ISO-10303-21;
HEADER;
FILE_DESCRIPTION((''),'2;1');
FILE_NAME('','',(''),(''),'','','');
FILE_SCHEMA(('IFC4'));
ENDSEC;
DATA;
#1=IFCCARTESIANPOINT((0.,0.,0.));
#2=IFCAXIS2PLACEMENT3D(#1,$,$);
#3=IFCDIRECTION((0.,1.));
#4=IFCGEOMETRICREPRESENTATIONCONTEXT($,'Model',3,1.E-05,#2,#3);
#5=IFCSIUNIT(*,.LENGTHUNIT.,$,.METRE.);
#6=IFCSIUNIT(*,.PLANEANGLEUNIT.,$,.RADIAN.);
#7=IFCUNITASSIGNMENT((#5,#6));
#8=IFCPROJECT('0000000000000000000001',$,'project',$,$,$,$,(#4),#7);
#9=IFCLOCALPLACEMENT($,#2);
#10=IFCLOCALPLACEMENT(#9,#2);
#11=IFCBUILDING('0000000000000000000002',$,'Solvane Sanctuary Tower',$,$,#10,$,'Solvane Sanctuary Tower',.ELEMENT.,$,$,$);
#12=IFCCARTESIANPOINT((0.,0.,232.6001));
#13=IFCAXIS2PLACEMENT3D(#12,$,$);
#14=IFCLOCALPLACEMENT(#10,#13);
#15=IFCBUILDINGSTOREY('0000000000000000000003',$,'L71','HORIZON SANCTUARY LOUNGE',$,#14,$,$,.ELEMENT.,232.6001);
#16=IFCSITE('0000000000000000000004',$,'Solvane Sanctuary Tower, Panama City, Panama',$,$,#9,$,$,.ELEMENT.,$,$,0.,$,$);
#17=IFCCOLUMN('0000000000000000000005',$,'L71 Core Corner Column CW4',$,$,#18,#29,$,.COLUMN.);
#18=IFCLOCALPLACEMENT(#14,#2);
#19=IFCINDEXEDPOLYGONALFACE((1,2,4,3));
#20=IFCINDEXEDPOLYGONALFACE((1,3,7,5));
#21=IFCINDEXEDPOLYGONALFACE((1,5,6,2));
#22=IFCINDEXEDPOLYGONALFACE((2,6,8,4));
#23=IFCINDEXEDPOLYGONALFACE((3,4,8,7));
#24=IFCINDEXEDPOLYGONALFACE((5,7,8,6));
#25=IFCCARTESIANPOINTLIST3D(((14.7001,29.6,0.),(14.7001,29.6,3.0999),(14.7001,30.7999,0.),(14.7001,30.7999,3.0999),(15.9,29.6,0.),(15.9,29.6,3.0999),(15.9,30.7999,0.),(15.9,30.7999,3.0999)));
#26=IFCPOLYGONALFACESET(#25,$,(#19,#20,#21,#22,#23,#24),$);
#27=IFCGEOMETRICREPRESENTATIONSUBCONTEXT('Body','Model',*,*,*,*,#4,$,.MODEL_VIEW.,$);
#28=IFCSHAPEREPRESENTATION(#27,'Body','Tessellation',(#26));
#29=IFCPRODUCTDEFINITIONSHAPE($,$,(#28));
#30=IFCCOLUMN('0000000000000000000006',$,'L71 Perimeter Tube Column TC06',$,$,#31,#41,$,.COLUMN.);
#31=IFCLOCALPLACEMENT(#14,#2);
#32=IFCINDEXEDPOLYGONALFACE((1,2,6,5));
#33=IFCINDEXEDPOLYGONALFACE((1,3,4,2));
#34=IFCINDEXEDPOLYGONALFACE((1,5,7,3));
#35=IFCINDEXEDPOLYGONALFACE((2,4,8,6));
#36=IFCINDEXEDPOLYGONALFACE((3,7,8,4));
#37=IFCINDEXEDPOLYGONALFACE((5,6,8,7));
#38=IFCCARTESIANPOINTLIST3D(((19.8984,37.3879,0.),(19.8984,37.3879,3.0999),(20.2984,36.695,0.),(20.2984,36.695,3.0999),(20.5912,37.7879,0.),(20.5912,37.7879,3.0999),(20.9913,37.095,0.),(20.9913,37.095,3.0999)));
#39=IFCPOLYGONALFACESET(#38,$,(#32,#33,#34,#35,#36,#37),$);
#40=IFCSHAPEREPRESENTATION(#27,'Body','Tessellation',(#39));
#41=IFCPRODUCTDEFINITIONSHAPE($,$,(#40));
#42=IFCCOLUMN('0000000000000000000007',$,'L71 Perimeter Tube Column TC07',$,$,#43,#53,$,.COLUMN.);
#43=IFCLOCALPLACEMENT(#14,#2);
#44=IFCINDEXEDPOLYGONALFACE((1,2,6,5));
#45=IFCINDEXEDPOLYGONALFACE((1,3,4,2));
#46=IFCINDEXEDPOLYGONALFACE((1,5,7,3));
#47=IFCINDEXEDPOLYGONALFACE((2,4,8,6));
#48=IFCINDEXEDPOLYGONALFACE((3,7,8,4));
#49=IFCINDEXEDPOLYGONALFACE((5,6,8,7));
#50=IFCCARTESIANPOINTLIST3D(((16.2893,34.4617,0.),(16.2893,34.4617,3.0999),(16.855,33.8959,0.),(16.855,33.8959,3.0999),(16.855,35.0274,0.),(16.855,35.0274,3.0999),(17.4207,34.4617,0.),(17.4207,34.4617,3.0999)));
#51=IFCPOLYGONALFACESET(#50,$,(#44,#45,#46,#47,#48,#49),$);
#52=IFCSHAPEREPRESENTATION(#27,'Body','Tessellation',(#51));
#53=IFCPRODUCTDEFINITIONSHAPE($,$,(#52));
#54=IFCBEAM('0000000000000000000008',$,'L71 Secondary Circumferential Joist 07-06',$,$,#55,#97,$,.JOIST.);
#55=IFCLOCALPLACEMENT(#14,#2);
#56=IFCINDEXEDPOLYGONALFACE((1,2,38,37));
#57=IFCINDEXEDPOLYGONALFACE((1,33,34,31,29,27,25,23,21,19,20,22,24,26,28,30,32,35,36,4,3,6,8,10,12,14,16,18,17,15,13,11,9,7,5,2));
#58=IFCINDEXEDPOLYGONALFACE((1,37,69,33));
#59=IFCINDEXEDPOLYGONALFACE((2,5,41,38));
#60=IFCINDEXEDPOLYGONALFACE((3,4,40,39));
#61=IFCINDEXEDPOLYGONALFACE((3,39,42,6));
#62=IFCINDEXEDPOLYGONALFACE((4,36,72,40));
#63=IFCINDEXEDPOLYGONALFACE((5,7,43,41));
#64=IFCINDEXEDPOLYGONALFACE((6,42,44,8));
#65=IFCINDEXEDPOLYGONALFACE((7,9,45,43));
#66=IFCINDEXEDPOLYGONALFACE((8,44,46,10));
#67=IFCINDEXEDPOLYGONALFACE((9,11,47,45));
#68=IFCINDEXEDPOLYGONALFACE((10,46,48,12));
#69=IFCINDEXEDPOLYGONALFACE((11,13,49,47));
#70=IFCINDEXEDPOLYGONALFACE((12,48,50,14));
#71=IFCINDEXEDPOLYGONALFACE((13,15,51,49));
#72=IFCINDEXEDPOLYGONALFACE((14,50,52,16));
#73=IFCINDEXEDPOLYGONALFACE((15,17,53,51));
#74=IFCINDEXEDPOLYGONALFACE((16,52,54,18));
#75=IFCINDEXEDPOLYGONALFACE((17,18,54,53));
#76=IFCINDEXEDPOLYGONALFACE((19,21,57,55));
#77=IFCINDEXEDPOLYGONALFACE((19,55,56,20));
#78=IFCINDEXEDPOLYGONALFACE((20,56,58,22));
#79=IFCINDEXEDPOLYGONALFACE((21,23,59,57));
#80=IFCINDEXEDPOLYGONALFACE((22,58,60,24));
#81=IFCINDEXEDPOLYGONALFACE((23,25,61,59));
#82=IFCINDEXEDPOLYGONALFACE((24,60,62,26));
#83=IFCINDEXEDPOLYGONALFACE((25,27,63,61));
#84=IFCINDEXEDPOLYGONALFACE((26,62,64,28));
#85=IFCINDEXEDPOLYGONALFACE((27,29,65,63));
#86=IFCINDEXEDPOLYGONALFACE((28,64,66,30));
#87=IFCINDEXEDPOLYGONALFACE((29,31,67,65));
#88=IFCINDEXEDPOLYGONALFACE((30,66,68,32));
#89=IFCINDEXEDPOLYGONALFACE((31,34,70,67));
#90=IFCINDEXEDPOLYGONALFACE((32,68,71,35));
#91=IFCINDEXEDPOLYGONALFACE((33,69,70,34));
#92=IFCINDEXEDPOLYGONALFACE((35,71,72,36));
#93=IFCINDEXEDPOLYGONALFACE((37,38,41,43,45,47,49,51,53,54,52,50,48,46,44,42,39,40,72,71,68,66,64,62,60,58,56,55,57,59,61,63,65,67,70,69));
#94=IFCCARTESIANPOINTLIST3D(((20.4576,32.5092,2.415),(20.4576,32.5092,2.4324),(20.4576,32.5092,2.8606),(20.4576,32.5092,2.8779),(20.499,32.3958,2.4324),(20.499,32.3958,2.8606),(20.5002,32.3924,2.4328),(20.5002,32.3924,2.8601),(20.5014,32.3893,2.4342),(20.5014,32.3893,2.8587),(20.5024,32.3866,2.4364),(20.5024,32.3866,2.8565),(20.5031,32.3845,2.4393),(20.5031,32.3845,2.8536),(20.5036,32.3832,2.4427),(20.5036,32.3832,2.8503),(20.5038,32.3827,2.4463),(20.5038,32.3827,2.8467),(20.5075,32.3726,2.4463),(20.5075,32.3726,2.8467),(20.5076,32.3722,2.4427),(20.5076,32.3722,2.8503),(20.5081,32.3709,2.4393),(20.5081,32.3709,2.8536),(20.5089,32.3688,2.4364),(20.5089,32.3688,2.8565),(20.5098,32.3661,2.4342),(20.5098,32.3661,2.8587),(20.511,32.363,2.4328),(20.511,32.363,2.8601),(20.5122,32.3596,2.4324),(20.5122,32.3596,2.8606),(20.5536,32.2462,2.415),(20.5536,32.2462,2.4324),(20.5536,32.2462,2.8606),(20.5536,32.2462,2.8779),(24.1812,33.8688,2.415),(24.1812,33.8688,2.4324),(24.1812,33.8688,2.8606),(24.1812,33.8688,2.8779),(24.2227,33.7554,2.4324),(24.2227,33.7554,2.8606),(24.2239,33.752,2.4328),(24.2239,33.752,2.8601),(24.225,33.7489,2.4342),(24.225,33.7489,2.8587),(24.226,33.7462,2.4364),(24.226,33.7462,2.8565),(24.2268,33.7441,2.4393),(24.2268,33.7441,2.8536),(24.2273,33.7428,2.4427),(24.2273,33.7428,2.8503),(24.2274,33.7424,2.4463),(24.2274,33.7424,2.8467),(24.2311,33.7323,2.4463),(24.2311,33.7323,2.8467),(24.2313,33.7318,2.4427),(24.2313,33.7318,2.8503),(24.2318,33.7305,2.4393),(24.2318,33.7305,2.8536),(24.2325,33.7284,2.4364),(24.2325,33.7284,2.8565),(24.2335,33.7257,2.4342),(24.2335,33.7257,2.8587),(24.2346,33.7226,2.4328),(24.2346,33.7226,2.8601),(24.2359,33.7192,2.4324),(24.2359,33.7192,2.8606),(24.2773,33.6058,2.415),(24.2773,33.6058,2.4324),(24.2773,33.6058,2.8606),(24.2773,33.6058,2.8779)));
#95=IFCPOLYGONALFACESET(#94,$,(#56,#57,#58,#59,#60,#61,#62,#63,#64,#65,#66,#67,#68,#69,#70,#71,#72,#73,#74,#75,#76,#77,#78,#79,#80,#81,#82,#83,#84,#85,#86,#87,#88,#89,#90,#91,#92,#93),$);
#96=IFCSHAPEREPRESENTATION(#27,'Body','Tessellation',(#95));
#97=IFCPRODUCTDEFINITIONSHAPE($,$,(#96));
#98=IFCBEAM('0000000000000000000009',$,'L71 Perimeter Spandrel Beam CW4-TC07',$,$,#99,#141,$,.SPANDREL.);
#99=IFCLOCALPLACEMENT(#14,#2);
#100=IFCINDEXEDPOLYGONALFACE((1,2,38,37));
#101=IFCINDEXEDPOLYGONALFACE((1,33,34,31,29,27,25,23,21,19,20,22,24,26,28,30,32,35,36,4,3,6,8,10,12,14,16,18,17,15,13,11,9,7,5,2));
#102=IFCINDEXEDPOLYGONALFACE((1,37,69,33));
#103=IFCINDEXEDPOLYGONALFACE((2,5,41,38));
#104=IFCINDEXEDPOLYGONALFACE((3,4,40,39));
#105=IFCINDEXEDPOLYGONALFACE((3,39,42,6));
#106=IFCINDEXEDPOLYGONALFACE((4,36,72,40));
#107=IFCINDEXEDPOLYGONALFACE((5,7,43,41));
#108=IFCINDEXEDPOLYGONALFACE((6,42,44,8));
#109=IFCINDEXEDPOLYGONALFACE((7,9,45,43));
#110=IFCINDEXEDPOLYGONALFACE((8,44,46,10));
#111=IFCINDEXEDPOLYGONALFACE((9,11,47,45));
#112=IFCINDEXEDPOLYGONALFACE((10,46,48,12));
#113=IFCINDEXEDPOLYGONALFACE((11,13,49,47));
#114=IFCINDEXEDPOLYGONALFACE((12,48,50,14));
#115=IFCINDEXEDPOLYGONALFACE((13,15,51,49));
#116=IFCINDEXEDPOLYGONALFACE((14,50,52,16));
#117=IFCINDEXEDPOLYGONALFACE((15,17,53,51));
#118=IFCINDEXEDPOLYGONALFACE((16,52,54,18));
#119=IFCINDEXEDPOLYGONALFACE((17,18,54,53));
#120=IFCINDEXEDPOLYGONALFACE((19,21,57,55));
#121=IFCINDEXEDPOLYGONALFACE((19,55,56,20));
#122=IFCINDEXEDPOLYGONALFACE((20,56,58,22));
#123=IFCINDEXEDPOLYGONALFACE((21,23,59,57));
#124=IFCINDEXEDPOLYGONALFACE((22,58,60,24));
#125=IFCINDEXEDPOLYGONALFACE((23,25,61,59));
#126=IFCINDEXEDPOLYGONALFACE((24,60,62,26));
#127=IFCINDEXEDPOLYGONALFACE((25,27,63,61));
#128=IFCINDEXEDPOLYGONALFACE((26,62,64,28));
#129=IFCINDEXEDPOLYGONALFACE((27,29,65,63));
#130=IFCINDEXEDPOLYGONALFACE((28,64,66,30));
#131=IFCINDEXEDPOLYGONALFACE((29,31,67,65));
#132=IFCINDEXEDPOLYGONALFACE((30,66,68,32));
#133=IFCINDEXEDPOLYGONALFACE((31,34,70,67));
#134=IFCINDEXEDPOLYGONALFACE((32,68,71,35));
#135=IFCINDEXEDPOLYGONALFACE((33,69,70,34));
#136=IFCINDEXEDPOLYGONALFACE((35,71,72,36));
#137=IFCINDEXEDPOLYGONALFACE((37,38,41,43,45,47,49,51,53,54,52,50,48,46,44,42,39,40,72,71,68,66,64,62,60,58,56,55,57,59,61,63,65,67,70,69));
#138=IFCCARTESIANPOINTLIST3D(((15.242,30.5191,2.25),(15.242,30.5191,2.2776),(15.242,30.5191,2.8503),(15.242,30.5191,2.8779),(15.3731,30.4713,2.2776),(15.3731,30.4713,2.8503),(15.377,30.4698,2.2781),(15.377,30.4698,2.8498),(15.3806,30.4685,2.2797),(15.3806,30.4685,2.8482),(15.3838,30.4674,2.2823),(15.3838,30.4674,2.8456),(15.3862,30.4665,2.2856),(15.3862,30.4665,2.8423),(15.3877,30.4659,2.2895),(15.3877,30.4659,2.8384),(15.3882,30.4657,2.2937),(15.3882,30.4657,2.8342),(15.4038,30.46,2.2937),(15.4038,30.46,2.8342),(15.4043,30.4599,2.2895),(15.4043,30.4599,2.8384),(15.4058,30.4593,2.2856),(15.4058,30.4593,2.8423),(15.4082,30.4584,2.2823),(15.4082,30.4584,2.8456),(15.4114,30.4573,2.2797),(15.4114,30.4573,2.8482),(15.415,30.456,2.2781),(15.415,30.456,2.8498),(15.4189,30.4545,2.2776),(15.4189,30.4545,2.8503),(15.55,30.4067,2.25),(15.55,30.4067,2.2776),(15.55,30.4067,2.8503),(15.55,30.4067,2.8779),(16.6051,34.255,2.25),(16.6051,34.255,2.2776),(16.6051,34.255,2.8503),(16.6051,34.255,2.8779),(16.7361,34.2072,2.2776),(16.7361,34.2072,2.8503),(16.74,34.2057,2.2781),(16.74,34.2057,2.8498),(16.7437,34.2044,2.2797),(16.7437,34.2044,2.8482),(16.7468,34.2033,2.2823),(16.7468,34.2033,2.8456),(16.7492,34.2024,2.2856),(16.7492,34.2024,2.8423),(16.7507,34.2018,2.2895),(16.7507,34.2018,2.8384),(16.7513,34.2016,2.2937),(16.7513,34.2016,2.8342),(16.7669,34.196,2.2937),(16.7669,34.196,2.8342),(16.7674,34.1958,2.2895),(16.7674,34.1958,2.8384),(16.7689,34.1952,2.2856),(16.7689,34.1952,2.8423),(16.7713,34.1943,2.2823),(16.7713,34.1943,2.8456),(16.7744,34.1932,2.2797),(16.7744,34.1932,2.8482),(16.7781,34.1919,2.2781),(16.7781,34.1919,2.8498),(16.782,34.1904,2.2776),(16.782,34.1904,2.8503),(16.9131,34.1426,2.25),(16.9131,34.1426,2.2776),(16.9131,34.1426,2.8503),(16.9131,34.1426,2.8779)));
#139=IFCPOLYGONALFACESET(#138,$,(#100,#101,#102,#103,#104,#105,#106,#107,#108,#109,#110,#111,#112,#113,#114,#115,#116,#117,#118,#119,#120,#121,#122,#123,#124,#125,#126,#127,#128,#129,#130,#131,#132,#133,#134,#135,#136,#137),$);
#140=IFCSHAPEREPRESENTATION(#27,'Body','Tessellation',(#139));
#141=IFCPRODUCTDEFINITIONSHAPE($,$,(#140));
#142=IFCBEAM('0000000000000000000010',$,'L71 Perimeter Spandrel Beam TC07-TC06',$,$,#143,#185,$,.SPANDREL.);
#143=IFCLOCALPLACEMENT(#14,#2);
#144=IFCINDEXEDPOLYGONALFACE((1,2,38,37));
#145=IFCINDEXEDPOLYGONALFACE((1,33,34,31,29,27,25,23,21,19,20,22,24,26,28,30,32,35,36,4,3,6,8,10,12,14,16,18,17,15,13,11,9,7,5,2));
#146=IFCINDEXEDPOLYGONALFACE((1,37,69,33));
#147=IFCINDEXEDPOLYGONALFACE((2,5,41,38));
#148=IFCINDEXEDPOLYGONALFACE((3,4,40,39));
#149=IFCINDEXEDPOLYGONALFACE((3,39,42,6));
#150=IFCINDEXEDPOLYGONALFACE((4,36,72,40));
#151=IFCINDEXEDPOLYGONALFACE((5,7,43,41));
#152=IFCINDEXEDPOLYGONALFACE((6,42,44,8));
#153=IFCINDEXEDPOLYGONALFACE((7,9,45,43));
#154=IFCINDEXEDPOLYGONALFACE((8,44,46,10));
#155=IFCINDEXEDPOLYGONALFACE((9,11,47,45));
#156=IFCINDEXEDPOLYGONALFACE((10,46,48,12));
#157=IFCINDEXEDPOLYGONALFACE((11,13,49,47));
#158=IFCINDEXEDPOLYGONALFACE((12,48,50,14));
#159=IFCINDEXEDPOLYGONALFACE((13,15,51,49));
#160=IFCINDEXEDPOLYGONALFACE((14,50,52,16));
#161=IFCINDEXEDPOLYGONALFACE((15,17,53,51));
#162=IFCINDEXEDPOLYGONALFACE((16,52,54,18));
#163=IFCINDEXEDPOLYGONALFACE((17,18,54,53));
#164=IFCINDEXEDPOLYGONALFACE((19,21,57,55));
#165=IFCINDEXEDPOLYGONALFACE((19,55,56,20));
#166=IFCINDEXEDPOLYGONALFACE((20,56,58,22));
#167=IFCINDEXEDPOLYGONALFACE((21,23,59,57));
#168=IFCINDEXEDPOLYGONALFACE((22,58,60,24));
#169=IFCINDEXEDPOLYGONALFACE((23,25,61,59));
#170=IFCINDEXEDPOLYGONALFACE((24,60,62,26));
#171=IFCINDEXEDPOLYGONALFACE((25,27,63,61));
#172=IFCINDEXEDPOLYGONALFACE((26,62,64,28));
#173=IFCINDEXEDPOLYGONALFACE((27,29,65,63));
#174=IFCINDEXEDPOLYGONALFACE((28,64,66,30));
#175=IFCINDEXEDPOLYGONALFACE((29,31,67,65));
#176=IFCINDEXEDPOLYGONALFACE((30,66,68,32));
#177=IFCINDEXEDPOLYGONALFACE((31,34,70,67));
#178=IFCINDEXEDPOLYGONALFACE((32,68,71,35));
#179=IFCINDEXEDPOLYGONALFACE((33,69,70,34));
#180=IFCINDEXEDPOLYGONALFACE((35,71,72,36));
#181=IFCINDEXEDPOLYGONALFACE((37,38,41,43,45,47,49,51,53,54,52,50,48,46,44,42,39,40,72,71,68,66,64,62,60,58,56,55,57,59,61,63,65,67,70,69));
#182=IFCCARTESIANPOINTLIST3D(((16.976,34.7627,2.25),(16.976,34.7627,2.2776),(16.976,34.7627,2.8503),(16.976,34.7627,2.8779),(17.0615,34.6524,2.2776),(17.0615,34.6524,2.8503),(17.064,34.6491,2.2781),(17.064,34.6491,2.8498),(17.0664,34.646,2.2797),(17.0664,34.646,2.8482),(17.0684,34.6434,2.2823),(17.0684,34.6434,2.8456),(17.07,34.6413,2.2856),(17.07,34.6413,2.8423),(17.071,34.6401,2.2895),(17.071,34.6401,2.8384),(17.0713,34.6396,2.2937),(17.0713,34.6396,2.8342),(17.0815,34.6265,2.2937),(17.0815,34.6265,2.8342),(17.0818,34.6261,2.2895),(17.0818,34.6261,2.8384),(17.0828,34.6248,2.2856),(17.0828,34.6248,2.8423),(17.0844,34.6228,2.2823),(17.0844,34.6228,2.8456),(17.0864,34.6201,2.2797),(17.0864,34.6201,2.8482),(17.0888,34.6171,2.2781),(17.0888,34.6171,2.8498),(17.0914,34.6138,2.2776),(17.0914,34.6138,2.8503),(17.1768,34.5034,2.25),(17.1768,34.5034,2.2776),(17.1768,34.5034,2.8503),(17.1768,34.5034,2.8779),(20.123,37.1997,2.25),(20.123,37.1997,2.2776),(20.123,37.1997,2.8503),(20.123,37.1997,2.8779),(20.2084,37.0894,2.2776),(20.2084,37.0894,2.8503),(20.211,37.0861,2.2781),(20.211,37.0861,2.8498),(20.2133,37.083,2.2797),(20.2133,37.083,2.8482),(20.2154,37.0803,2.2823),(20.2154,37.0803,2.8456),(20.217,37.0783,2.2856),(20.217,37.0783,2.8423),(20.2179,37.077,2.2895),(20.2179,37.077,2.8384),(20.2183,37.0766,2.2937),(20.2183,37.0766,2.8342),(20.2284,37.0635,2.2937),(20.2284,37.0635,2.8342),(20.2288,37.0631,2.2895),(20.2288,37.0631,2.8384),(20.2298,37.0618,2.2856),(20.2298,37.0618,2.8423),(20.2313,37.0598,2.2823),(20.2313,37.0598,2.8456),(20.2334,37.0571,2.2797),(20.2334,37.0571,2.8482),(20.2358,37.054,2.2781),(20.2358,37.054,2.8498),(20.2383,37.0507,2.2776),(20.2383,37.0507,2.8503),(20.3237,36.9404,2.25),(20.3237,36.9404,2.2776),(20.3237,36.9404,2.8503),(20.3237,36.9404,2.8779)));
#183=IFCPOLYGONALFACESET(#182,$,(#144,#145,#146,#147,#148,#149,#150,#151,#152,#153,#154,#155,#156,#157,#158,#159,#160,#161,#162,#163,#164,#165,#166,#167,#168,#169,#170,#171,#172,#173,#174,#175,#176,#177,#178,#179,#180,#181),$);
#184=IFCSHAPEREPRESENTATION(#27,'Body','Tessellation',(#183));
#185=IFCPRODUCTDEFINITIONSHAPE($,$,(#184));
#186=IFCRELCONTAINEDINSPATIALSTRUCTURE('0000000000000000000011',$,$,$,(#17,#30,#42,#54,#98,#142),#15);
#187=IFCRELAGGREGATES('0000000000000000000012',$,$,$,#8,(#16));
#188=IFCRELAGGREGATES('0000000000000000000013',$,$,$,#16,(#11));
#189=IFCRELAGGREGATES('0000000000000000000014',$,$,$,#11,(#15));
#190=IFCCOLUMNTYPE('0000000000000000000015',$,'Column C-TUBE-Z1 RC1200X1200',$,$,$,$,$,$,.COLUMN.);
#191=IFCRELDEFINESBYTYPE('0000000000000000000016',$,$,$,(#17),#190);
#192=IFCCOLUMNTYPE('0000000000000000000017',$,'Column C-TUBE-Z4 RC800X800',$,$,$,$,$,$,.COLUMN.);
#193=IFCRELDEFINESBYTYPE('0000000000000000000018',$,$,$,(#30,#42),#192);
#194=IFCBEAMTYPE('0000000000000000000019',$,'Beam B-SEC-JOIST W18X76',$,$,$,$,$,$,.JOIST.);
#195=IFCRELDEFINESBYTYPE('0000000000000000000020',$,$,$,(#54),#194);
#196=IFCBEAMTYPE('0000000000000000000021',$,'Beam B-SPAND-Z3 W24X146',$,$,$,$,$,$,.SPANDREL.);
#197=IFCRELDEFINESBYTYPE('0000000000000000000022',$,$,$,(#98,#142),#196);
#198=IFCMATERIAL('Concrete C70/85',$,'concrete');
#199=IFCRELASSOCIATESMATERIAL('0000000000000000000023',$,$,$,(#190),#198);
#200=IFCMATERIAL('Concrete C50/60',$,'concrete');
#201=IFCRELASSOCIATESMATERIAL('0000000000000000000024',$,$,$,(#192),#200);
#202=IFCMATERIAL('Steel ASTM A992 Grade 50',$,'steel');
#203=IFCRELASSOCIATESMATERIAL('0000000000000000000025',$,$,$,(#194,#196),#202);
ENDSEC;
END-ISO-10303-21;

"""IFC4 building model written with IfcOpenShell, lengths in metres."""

from ifc_helpers import new_model, si_unit, direction, frame, origin, origin_2d, place, context, subcontext, project, spatial, rectangle, i_section, extrude, material, material_profile, profile_set, type_object, element, save


model = new_model("IFC4")

# Units and contexts
model_context = context("Model", 3, precision=1e-05, world=origin(), true_north=direction((0.0, 1.0)))
body_context = subcontext(model_context, "Body", "Model", "MODEL_VIEW")
ifc_project = project(units=[si_unit("LENGTHUNIT", "METRE"), si_unit("PLANEANGLEUNIT", "RADIAN")], contexts=[model_context])

# Site, building, storey
site_placement = place(None, origin())
site = spatial("IfcSite", under=ifc_project, at=site_placement, Name="Solvane Sanctuary Tower, Panama City, Panama", CompositionType="ELEMENT", RefElevation=0.0)
building_placement = place(site_placement, origin())
building = spatial("IfcBuilding", under=site, at=building_placement, Name="Solvane Sanctuary Tower", LongName="Solvane Sanctuary Tower", CompositionType="ELEMENT")
storey_placement = place(building_placement, frame((0.0, 0.0, 232.6001)))
storey = spatial("IfcBuildingStorey", under=building, at=storey_placement, Name="L71", Description="HORIZON SANCTUARY LOUNGE", CompositionType="ELEMENT", Elevation=232.6001)

# Columns
ifc_material_1 = material(Name="Concrete C70/85", Category="concrete")
ifc_material_profile_1 = material_profile(ifc_material_1, rectangle(XDim=1.2, YDim=1.2, at=origin_2d()), Name="RC1200X1200")
ifc_profile_set_1 = profile_set([ifc_material_profile_1], Name="Concrete C70/85")
column_type_1 = type_object("IfcColumnType", Name="Column C-TUBE-Z1 RC1200X1200", PredefinedType="COLUMN", material=ifc_profile_set_1)
column_placement = place(storey_placement, frame((15.3, 30.2, 0.0), z_axis=(0.0, 0.0, 1.0), x_axis=(1.0, 0.0, 0.0)))
element("IfcColumn", 1, at=column_placement, inside=storey, type_object=column_type_1, Name="L71 Core Corner Column CW4", PredefinedType="COLUMN", context=body_context, shape_type="SweptSolid", body=[
    extrude(rectangle(XDim=1.2, YDim=1.2, at=origin_2d()), origin(), (0.0, 0.0, 1.0), 3.0999),
])
ifc_material_2 = material(Name="Concrete C50/60", Category="concrete")
ifc_material_profile_2 = material_profile(ifc_material_2, rectangle(XDim=0.8, YDim=0.8, at=origin_2d()), Name="RC800X800")
ifc_profile_set_2 = profile_set([ifc_material_profile_2], Name="Concrete C50/60")
column_type_2 = type_object("IfcColumnType", Name="Column C-TUBE-Z4 RC800X800", PredefinedType="COLUMN", material=ifc_profile_set_2)
for number, where, z_axis, x_axis, name in (
    (2, (20.4448, 37.2415, 0.0), (0.0, 0.0, 1.0), (-0.5, 0.866025, 0.0), "L71 Perimeter Tube Column TC06"),
    (3, (16.855, 34.4617, 0.0), (0.0, 0.0, 1.0), (-0.707107, 0.707107, 0.0), "L71 Perimeter Tube Column TC07"),
):
    element("IfcColumn", number, at=place(storey_placement, frame(where, z_axis=z_axis, x_axis=x_axis)), inside=storey, type_object=column_type_2, Name=name, PredefinedType="COLUMN", context=body_context, shape_type="SweptSolid", body=[
        extrude(rectangle(XDim=0.8, YDim=0.8, at=origin_2d()), origin(), (0.0, 0.0, 1.0), 3.0999),
    ])

# Beams
ifc_material_3 = material(Name="Steel ASTM A992 Grade 50", Category="steel")
ifc_material_profile_3 = material_profile(ifc_material_3, i_section(OverallWidth=0.28, OverallDepth=0.4629, WebThickness=0.0107, FlangeThickness=0.0173, FilletRadius=0.0139, at=origin_2d()), Name="W18X76")
ifc_profile_set_3 = profile_set([ifc_material_profile_3], Name="Steel ASTM A992 Grade 50")
beam_type_1 = type_object("IfcBeamType", Name="Beam B-SEC-JOIST W18X76", PredefinedType="JOIST", material=ifc_profile_set_3)
beam_1_placement = place(storey_placement, frame((20.5056, 32.3777, 2.6465), z_axis=(0.939341, 0.342984, 0.0), x_axis=(-0.342984, 0.939341, 0.0)))
element("IfcBeam", 4, at=beam_1_placement, inside=storey, type_object=beam_type_1, Name="L71 Secondary Circumferential Joist 07-06", PredefinedType="JOIST", context=body_context, shape_type="SweptSolid", body=[
    extrude(i_section(OverallWidth=0.28, OverallDepth=0.4629, WebThickness=0.0107, FlangeThickness=0.0173, FilletRadius=0.0139, at=origin_2d()), origin(), (0.0, 0.0, 1.0), 3.9641),
])
ifc_material_profile_4 = material_profile(ifc_material_3, i_section(OverallWidth=0.3279, OverallDepth=0.6279, WebThickness=0.0166, FlangeThickness=0.0276, FilletRadius=0.0161, at=origin_2d()), Name="W24X146")
ifc_profile_set_4 = profile_set([ifc_material_profile_4], Name="Steel ASTM A992 Grade 50")
beam_type_2 = type_object("IfcBeamType", Name="Beam B-SPAND-Z3 W24X146", PredefinedType="SPANDREL", material=ifc_profile_set_4)
beam_2_placement = place(storey_placement, frame((15.396, 30.4629, 2.564), z_axis=(0.342753, 0.939425, 0.0), x_axis=(-0.939425, 0.342753, 0.0)))
element("IfcBeam", 5, at=beam_2_placement, inside=storey, type_object=beam_type_2, Name="L71 Perimeter Spandrel Beam CW4-TC07", PredefinedType="SPANDREL", context=body_context, shape_type="SweptSolid", body=[
    extrude(i_section(OverallWidth=0.3279, OverallDepth=0.6279, WebThickness=0.0166, FlangeThickness=0.0276, FilletRadius=0.0161, at=origin_2d()), origin(), (0.0, 0.0, 1.0), 3.9768),
])
beam_3_placement = place(storey_placement, frame((17.0764, 34.6331, 2.564), z_axis=(0.790645, 0.612275, 0.0), x_axis=(-0.612275, 0.790645, 0.0)))
element("IfcBeam", 6, at=beam_3_placement, inside=storey, type_object=beam_type_2, Name="L71 Perimeter Spandrel Beam TC07-TC06", PredefinedType="SPANDREL", context=body_context, shape_type="SweptSolid", body=[
    extrude(i_section(OverallWidth=0.3279, OverallDepth=0.6279, WebThickness=0.0166, FlangeThickness=0.0276, FilletRadius=0.0161, at=origin_2d()), origin(), (0.0, 0.0, 1.0), 3.9802),
])

save(model, "model.ifc")
